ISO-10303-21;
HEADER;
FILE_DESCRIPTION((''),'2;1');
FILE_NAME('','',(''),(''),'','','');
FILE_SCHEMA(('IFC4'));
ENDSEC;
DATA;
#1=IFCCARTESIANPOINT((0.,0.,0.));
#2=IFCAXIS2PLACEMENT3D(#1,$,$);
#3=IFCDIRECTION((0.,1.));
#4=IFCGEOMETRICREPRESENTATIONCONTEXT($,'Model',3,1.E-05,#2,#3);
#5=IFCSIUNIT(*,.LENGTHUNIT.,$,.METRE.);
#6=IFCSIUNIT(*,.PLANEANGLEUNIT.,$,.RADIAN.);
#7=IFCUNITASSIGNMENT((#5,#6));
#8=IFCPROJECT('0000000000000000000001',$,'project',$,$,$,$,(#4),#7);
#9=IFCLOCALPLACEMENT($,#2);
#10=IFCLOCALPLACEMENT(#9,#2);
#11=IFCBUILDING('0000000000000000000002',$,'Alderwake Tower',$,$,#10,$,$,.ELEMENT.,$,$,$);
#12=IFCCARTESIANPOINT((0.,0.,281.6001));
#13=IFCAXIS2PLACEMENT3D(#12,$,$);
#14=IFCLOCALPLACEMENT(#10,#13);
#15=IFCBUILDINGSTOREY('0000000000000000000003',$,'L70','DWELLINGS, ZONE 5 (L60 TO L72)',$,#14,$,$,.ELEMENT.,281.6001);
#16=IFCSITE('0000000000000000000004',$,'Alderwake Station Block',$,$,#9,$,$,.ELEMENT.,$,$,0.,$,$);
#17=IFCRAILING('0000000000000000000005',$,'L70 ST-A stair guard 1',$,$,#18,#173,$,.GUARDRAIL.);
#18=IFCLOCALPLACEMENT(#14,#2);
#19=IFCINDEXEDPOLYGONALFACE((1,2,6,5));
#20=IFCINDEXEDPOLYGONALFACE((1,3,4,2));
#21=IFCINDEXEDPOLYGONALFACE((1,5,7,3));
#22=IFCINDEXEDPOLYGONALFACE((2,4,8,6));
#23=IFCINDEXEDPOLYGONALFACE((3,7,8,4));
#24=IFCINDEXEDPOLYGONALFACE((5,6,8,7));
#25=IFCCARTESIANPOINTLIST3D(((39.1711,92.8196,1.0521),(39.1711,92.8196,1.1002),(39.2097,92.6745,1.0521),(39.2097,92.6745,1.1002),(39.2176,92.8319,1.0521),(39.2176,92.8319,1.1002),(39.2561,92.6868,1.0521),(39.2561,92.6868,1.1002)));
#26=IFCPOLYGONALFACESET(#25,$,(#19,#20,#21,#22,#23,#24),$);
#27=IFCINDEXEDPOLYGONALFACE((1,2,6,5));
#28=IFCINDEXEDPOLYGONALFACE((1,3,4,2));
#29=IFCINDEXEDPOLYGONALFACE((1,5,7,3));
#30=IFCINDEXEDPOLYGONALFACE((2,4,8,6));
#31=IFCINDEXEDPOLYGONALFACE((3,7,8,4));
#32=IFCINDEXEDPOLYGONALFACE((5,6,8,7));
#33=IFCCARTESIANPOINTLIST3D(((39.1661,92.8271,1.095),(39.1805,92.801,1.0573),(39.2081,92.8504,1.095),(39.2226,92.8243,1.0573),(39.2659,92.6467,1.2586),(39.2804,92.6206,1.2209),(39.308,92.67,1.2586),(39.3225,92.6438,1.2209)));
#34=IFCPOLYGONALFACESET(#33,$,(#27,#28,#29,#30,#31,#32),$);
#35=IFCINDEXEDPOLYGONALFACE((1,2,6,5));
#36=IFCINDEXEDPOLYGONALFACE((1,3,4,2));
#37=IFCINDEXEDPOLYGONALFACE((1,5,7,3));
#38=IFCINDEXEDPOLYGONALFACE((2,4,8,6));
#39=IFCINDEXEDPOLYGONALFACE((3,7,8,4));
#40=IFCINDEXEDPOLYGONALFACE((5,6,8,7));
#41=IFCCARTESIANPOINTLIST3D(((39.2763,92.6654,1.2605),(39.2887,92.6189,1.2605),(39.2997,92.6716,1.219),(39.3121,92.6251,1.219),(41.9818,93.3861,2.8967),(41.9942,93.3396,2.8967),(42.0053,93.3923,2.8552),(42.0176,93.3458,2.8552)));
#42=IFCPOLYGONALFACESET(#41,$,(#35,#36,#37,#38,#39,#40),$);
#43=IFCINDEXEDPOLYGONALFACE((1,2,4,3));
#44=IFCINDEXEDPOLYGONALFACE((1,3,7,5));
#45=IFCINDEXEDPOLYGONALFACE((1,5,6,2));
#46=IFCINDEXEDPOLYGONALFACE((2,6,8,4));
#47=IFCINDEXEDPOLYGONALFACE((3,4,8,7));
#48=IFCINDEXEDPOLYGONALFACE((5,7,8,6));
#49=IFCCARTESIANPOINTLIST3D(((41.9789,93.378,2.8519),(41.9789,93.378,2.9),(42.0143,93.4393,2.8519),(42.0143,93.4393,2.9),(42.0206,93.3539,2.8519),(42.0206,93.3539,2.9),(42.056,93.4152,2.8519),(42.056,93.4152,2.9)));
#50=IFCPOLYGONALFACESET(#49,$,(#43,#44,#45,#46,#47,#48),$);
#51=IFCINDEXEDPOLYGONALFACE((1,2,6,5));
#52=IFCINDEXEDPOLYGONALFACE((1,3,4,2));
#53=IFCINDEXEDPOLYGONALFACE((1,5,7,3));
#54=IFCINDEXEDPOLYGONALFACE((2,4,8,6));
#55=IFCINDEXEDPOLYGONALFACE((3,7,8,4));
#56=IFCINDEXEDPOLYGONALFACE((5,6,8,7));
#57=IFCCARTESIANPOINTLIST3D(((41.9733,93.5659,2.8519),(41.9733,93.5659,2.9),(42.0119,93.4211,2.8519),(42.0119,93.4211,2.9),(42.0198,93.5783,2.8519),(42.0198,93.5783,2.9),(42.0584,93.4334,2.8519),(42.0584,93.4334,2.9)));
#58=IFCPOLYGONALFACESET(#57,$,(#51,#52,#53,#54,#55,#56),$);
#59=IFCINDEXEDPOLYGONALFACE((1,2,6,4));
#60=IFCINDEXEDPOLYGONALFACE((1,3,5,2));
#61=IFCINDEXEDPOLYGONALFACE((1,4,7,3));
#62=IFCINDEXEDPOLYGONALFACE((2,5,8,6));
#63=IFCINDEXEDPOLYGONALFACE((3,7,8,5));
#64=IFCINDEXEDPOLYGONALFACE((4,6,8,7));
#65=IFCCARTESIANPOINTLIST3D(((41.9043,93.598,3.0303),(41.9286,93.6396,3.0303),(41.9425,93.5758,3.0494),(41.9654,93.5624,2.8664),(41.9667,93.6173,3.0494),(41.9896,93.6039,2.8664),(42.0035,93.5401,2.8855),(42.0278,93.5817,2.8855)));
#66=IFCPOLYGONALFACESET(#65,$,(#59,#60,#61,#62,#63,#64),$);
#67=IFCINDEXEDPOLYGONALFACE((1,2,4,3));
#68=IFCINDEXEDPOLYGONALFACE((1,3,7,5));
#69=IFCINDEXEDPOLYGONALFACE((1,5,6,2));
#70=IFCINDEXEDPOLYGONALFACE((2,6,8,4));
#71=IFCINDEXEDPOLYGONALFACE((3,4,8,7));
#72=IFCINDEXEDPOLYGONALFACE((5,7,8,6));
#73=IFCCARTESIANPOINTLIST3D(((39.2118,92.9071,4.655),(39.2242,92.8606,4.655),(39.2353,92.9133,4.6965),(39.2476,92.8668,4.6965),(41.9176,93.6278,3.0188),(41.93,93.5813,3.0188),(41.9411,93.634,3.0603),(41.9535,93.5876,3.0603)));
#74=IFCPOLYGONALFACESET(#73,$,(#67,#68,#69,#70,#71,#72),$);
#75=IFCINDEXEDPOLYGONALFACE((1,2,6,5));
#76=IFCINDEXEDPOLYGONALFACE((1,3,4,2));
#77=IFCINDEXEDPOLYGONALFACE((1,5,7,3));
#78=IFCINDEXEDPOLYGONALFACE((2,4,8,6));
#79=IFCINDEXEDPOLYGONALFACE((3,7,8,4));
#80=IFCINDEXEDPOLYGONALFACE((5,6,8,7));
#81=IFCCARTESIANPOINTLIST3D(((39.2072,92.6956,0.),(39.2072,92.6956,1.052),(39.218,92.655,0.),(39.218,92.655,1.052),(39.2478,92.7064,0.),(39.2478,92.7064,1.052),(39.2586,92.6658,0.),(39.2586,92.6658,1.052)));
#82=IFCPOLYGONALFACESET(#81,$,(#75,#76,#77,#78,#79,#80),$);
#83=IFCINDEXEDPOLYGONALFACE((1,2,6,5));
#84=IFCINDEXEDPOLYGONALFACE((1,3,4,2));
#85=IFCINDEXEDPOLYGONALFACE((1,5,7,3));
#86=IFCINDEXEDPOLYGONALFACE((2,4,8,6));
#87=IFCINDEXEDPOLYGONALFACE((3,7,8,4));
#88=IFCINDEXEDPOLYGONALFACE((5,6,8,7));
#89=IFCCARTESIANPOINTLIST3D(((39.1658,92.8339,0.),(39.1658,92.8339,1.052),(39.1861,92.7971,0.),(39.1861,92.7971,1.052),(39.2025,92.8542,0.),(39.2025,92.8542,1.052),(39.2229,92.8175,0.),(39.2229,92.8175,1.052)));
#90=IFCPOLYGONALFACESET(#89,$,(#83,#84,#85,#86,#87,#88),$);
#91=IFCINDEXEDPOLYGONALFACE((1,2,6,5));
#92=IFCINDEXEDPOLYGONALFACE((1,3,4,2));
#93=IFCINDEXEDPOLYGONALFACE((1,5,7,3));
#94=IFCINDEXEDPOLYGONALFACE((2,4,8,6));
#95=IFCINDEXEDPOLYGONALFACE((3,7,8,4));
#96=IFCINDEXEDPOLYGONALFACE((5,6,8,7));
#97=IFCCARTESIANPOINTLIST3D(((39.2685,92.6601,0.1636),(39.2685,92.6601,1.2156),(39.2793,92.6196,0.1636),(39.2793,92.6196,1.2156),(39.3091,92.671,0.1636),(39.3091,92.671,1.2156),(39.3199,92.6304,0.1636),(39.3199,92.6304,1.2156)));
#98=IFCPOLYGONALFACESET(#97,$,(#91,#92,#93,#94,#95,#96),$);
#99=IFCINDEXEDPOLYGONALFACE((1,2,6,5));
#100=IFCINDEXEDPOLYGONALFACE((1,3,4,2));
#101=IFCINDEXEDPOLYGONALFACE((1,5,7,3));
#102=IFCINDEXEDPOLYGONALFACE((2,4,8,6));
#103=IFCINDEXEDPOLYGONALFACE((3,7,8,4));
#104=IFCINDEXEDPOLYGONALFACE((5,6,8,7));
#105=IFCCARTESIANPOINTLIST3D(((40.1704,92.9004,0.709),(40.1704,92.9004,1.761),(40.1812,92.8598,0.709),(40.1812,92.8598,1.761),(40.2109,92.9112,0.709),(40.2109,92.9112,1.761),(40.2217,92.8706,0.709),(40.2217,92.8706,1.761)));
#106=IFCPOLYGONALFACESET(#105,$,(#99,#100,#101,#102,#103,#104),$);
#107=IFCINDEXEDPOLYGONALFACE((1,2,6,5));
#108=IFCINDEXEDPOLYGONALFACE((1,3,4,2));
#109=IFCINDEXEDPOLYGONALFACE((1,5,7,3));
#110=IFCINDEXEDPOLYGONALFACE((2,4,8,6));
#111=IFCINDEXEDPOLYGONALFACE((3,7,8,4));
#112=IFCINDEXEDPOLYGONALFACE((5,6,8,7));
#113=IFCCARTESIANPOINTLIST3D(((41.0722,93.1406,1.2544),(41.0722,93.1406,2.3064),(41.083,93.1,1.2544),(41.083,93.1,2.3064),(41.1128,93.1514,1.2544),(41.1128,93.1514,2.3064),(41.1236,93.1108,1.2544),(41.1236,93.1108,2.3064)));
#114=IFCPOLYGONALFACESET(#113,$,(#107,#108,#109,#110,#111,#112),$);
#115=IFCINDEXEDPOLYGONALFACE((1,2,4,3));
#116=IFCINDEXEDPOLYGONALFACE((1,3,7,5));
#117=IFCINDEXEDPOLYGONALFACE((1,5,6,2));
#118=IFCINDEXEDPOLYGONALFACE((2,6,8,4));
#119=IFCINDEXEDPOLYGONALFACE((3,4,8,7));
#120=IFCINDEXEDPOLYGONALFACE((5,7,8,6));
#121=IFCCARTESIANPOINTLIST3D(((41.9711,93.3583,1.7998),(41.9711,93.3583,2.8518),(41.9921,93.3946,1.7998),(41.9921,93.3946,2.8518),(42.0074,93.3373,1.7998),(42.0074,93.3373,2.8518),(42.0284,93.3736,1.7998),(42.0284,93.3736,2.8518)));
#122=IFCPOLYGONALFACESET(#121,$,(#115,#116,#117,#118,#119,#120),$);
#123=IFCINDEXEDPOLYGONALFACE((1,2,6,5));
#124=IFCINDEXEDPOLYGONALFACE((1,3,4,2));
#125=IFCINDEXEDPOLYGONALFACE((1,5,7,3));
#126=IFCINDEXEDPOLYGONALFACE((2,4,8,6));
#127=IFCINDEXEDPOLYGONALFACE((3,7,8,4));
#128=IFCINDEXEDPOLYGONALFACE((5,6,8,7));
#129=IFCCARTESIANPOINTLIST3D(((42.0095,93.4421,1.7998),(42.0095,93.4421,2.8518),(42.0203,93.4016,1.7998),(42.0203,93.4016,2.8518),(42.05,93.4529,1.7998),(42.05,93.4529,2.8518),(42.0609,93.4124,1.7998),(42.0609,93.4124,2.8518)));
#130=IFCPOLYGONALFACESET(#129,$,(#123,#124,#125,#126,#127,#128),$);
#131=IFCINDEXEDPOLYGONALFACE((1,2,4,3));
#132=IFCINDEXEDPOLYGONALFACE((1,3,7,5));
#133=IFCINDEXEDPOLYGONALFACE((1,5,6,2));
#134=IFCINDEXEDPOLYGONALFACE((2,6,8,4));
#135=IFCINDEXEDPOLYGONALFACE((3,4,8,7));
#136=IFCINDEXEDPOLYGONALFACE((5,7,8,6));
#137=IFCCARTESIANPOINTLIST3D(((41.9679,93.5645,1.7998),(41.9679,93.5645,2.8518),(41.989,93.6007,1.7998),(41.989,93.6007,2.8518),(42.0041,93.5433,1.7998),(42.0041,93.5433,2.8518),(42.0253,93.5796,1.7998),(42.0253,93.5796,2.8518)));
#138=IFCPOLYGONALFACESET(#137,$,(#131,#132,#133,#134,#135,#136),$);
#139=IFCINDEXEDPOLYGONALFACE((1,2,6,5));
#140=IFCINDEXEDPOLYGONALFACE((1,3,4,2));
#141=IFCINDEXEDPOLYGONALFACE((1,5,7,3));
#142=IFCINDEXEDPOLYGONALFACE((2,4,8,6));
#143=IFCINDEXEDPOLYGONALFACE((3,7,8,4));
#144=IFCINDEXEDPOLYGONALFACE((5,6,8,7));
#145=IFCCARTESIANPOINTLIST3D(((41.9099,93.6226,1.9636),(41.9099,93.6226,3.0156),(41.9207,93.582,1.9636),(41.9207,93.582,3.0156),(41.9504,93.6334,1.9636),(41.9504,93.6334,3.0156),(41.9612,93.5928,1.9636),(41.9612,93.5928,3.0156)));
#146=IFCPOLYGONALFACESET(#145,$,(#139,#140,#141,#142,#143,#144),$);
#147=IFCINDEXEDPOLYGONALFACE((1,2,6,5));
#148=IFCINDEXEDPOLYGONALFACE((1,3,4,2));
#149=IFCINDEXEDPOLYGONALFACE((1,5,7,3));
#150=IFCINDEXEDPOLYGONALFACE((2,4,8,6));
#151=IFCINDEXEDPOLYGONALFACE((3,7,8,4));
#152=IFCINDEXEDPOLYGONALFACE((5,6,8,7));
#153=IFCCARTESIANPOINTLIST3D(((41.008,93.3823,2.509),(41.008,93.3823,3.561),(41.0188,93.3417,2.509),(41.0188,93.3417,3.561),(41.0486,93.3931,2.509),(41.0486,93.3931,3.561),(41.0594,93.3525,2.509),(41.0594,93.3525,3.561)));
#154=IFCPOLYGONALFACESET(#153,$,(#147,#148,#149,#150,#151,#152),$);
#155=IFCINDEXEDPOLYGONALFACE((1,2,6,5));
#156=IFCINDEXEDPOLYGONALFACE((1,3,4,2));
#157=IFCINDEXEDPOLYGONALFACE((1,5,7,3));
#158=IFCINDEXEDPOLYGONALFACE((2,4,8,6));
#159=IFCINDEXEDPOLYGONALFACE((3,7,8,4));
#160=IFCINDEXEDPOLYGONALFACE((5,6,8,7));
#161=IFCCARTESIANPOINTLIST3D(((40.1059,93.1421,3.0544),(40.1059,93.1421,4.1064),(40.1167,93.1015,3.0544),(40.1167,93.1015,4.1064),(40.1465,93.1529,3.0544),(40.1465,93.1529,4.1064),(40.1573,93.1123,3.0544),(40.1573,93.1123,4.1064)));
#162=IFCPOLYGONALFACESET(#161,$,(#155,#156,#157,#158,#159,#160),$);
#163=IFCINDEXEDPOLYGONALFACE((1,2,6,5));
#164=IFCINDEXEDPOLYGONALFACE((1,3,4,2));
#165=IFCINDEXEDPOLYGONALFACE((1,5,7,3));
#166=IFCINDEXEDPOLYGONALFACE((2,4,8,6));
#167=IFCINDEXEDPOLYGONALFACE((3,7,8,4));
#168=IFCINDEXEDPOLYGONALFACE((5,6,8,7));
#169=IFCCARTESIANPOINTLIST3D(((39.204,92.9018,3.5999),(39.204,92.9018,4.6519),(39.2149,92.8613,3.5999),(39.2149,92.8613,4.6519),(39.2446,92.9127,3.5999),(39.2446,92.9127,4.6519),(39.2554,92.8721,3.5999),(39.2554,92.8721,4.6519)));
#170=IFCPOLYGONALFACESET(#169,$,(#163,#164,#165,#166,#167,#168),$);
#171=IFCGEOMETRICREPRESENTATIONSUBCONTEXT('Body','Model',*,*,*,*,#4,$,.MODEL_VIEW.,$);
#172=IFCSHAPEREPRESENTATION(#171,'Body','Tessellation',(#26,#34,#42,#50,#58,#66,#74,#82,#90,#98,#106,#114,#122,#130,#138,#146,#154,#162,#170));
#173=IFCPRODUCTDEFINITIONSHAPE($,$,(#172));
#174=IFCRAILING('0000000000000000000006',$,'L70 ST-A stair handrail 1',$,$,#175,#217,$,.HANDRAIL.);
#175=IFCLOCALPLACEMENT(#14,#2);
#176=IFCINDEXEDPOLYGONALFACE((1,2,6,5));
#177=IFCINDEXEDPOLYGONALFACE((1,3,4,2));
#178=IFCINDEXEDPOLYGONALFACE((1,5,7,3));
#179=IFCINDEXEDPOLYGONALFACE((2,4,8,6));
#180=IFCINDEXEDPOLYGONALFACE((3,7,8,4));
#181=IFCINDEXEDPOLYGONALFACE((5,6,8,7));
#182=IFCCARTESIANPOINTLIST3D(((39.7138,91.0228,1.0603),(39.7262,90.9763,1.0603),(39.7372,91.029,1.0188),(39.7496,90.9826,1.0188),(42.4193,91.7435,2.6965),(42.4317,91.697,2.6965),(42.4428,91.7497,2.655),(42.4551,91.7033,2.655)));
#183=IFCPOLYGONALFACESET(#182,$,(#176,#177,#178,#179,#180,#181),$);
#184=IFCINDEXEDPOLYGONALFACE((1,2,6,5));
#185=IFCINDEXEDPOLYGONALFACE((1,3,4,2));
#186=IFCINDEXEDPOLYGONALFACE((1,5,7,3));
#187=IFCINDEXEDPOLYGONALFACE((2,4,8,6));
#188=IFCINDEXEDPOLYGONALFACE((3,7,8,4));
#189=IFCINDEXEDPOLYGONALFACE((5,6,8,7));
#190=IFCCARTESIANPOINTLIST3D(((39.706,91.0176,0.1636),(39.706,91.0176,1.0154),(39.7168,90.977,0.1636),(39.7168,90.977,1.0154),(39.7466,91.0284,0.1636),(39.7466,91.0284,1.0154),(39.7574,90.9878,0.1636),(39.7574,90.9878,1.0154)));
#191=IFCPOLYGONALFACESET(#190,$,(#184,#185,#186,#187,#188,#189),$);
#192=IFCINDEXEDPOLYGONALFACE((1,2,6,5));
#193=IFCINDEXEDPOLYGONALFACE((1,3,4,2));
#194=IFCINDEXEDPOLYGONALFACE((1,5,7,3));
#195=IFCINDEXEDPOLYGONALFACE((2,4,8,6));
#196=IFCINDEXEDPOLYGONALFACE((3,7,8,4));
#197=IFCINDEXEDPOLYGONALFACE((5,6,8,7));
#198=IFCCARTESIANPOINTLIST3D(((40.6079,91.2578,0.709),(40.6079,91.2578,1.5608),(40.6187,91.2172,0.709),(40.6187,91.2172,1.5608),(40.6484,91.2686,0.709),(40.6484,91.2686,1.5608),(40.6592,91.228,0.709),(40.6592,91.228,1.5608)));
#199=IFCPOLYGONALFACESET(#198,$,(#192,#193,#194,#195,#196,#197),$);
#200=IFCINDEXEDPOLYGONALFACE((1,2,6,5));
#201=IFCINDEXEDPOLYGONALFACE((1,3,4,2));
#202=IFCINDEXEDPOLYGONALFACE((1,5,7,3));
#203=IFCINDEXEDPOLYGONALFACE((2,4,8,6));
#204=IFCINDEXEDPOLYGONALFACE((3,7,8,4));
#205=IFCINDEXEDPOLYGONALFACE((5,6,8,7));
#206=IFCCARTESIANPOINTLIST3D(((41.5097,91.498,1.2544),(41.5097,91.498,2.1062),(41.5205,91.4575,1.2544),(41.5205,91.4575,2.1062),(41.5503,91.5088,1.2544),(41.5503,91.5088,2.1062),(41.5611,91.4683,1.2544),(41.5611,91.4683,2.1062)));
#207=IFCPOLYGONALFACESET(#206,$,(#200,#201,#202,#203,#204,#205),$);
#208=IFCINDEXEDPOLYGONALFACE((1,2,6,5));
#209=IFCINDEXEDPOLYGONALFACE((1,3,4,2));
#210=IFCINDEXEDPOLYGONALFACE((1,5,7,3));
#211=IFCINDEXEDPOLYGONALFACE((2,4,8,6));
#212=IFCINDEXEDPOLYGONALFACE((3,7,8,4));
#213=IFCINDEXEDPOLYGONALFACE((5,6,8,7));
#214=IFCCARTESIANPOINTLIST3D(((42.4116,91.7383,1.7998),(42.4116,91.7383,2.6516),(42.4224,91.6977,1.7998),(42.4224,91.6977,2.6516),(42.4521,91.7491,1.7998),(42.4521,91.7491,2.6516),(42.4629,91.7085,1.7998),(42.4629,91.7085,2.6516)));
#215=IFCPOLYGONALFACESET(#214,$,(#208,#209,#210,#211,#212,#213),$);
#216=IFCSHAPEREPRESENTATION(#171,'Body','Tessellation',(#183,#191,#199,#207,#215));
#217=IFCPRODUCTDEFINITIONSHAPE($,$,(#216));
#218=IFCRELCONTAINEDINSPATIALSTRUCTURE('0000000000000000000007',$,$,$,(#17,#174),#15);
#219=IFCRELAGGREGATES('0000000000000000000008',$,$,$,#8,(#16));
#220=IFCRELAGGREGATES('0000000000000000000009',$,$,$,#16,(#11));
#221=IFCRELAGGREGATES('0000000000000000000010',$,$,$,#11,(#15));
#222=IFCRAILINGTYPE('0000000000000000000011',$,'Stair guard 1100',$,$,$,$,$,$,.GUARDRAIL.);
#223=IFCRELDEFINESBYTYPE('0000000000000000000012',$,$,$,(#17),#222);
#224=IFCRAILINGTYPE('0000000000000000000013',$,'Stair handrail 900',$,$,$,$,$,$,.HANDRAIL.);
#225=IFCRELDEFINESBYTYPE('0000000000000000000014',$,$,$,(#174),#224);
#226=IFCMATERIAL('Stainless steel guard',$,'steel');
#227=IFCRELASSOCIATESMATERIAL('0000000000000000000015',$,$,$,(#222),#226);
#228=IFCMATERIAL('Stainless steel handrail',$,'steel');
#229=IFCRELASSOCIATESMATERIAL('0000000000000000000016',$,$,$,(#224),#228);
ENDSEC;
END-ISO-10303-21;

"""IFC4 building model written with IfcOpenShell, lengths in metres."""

from ifc_helpers import new_model, si_unit, direction, frame, origin, origin_2d, place, context, subcontext, project, spatial, rectangle, extrude, material, type_object, element, save


model = new_model("IFC4")

# Units and contexts
model_context = context("Model", 3, precision=1e-05, world=origin(), true_north=direction((0.0, 1.0)))
body_context = subcontext(model_context, "Body", "Model", "MODEL_VIEW")
ifc_project = project(units=[si_unit("LENGTHUNIT", "METRE"), si_unit("PLANEANGLEUNIT", "RADIAN")], contexts=[model_context])

# Site, building, storey
site_placement = place(None, origin())
site = spatial("IfcSite", under=ifc_project, at=site_placement, Name="Alderwake Station Block", CompositionType="ELEMENT", RefElevation=0.0)
building_placement = place(site_placement, origin())
building = spatial("IfcBuilding", under=site, at=building_placement, Name="Alderwake Tower", CompositionType="ELEMENT")
storey_placement = place(building_placement, frame((0.0, 0.0, 281.6001)))
storey = spatial("IfcBuildingStorey", under=building, at=storey_placement, Name="L70", Description="DWELLINGS, ZONE 5 (L60 TO L72)", CompositionType="ELEMENT", Elevation=281.6001)

# Railings
ifc_material_1 = material(Name="Stainless steel guard", Category="steel")
railing_type_1 = type_object("IfcRailingType", Name="Stair guard 1100", PredefinedType="GUARDRAIL", material=ifc_material_1)
railing_1_placement = place(storey_placement, frame((39.2329, 92.6807, 0.0)))
element("IfcRailing", 1, at=railing_1_placement, inside=storey, type_object=railing_type_1, Name="L70 ST-A stair guard 1", PredefinedType="GUARDRAIL", context=body_context, shape_type="SweptSolid", body=[
    extrude(rectangle(XDim=0.0481, YDim=0.0481, at=origin_2d()), frame((0.0, 0.0, 1.0762), z_axis=(-0.257055, 0.966397, 0.0), x_axis=(-0.966397, -0.257055, 0.0)), (0.0, 0.0, 1.0), 0.1501),
    extrude(rectangle(XDim=0.0481, YDim=0.0481, at=origin_2d()), frame((-0.0386, 0.145, 1.0762), z_axis=(0.379371, -0.685464, 0.621463), x_axis=(0.874938, 0.484235, 0.0)), (0.0, 0.0, 1.0), 0.2632),
    extrude(rectangle(XDim=0.0481, YDim=0.0481, at=origin_2d()), frame((0.0613, -0.0354, 1.2397), z_axis=(0.834291, 0.222237, 0.504549), x_axis=(-0.257402, 0.966304, 0.0)), (0.0, 0.0, 1.0), 3.2429),
    extrude(rectangle(XDim=0.0481, YDim=0.0481, at=origin_2d()), frame((2.7668, 0.6853, 2.876), z_axis=(0.50022, 0.865898, 0.0), x_axis=(-0.865898, 0.50022, 0.0)), (0.0, 0.0, 1.0), 0.0708),
    extrude(rectangle(XDim=0.0481, YDim=0.0481, at=origin_2d()), frame((2.8022, 0.7466, 2.876), z_axis=(-0.25746, 0.966289, 0.0), x_axis=(-0.966289, -0.25746, 0.0)), (0.0, 0.0, 1.0), 0.1499),
    extrude(rectangle(XDim=0.0481, YDim=0.0481, at=origin_2d()), frame((2.7637, 0.8914, 2.876), z_axis=(-0.342095, 0.199783, 0.918182), x_axis=(-0.5043, -0.863528, 0.0)), (0.0, 0.0, 1.0), 0.1785),
    extrude(rectangle(XDim=0.0481, YDim=0.0481, at=origin_2d()), frame((2.7026, 0.927, 3.0396), z_axis=(-0.834314, -0.222223, 0.504518), x_axis=(0.25738, -0.96631, 0.0)), (0.0, 0.0, 1.0), 3.2432),
    extrude(rectangle(XDim=0.042, YDim=0.042, at=origin_2d()), frame((0.0, 0.0, 0.0), z_axis=(0.0, 0.0, 1.0), x_axis=(-0.257055, 0.966397, 0.0)), (0.0, 0.0, 1.0), 1.052),
    extrude(rectangle(XDim=0.042, YDim=0.042, at=origin_2d()), frame((-0.0386, 0.145, 0.0), z_axis=(0.0, 0.0, 1.0), x_axis=(0.484235, -0.874938, 0.0)), (0.0, 0.0, 1.0), 1.052),
    extrude(rectangle(XDim=0.042, YDim=0.042, at=origin_2d()), frame((0.0613, -0.0354, 0.1636), z_axis=(0.0, 0.0, 1.0), x_axis=(0.966304, 0.257402, 0.0)), (0.0, 0.0, 1.0), 1.052),
    extrude(rectangle(XDim=0.042, YDim=0.042, at=origin_2d()), frame((0.9631, 0.2048, 0.709), z_axis=(0.0, 0.0, 1.0), x_axis=(0.966304, 0.257402, 0.0)), (0.0, 0.0, 1.0), 1.052),
    extrude(rectangle(XDim=0.042, YDim=0.042, at=origin_2d()), frame((1.865, 0.4451, 1.2544), z_axis=(0.0, 0.0, 1.0), x_axis=(0.966304, 0.257402, 0.0)), (0.0, 0.0, 1.0), 1.052),
    extrude(rectangle(XDim=0.042, YDim=0.042, at=origin_2d()), frame((2.7668, 0.6853, 1.7998), z_axis=(0.0, 0.0, 1.0), x_axis=(0.50022, 0.865898, 0.0)), (0.0, 0.0, 1.0), 1.052),
    extrude(rectangle(XDim=0.042, YDim=0.042, at=origin_2d()), frame((2.8022, 0.7466, 1.7998), z_axis=(0.0, 0.0, 1.0), x_axis=(-0.25746, 0.966289, 0.0)), (0.0, 0.0, 1.0), 1.052),
    extrude(rectangle(XDim=0.042, YDim=0.042, at=origin_2d()), frame((2.7637, 0.8914, 1.7998), z_axis=(0.0, 0.0, 1.0), x_axis=(-0.863528, 0.5043, 0.0)), (0.0, 0.0, 1.0), 1.052),
    extrude(rectangle(XDim=0.042, YDim=0.042, at=origin_2d()), frame((2.7026, 0.927, 1.9636), z_axis=(0.0, 0.0, 1.0), x_axis=(-0.96631, -0.25738, 0.0)), (0.0, 0.0, 1.0), 1.052),
    extrude(rectangle(XDim=0.042, YDim=0.042, at=origin_2d()), frame((1.8008, 0.6868, 2.509), z_axis=(0.0, 0.0, 1.0), x_axis=(-0.96631, -0.25738, 0.0)), (0.0, 0.0, 1.0), 1.052),
    extrude(rectangle(XDim=0.042, YDim=0.042, at=origin_2d()), frame((0.8987, 0.4465, 3.0544), z_axis=(0.0, 0.0, 1.0), x_axis=(-0.96631, -0.25738, 0.0)), (0.0, 0.0, 1.0), 1.052),
    extrude(rectangle(XDim=0.042, YDim=0.042, at=origin_2d()), frame((-0.0032, 0.2063, 3.5999), z_axis=(0.0, 0.0, 1.0), x_axis=(-0.96631, -0.25738, 0.0)), (0.0, 0.0, 1.0), 1.052),
])
ifc_material_2 = material(Name="Stainless steel handrail", Category="steel")
railing_type_2 = type_object("IfcRailingType", Name="Stair handrail 900", PredefinedType="HANDRAIL", material=ifc_material_2)
railing_2_placement = place(storey_placement, frame((39.7317, 91.0027, 0.1636)))
element("IfcRailing", 2, at=railing_2_placement, inside=storey, type_object=railing_type_2, Name="L70 ST-A stair handrail 1", PredefinedType="HANDRAIL", context=body_context, shape_type="SweptSolid", body=[
    extrude(rectangle(XDim=0.0481, YDim=0.0481, at=origin_2d()), frame((0.0, 0.0, 0.876), z_axis=(0.834291, 0.222237, 0.504549), x_axis=(-0.257402, 0.966304, 0.0)), (0.0, 0.0, 1.0), 3.2429),
    extrude(rectangle(XDim=0.042, YDim=0.042, at=origin_2d()), frame((0.0, 0.0, 0.0), z_axis=(0.0, 0.0, 1.0), x_axis=(0.966304, 0.257402, 0.0)), (0.0, 0.0, 1.0), 0.8518),
    extrude(rectangle(XDim=0.042, YDim=0.042, at=origin_2d()), frame((0.9019, 0.2402, 0.5454), z_axis=(0.0, 0.0, 1.0), x_axis=(0.966304, 0.257402, 0.0)), (0.0, 0.0, 1.0), 0.8518),
    extrude(rectangle(XDim=0.042, YDim=0.042, at=origin_2d()), frame((1.8037, 0.4805, 1.0908), z_axis=(0.0, 0.0, 1.0), x_axis=(0.966304, 0.257402, 0.0)), (0.0, 0.0, 1.0), 0.8518),
    extrude(rectangle(XDim=0.042, YDim=0.042, at=origin_2d()), frame((2.7056, 0.7207, 1.6362), z_axis=(0.0, 0.0, 1.0), x_axis=(0.966304, 0.257402, 0.0)), (0.0, 0.0, 1.0), 0.8518),
])

save(model, "model.ifc")
